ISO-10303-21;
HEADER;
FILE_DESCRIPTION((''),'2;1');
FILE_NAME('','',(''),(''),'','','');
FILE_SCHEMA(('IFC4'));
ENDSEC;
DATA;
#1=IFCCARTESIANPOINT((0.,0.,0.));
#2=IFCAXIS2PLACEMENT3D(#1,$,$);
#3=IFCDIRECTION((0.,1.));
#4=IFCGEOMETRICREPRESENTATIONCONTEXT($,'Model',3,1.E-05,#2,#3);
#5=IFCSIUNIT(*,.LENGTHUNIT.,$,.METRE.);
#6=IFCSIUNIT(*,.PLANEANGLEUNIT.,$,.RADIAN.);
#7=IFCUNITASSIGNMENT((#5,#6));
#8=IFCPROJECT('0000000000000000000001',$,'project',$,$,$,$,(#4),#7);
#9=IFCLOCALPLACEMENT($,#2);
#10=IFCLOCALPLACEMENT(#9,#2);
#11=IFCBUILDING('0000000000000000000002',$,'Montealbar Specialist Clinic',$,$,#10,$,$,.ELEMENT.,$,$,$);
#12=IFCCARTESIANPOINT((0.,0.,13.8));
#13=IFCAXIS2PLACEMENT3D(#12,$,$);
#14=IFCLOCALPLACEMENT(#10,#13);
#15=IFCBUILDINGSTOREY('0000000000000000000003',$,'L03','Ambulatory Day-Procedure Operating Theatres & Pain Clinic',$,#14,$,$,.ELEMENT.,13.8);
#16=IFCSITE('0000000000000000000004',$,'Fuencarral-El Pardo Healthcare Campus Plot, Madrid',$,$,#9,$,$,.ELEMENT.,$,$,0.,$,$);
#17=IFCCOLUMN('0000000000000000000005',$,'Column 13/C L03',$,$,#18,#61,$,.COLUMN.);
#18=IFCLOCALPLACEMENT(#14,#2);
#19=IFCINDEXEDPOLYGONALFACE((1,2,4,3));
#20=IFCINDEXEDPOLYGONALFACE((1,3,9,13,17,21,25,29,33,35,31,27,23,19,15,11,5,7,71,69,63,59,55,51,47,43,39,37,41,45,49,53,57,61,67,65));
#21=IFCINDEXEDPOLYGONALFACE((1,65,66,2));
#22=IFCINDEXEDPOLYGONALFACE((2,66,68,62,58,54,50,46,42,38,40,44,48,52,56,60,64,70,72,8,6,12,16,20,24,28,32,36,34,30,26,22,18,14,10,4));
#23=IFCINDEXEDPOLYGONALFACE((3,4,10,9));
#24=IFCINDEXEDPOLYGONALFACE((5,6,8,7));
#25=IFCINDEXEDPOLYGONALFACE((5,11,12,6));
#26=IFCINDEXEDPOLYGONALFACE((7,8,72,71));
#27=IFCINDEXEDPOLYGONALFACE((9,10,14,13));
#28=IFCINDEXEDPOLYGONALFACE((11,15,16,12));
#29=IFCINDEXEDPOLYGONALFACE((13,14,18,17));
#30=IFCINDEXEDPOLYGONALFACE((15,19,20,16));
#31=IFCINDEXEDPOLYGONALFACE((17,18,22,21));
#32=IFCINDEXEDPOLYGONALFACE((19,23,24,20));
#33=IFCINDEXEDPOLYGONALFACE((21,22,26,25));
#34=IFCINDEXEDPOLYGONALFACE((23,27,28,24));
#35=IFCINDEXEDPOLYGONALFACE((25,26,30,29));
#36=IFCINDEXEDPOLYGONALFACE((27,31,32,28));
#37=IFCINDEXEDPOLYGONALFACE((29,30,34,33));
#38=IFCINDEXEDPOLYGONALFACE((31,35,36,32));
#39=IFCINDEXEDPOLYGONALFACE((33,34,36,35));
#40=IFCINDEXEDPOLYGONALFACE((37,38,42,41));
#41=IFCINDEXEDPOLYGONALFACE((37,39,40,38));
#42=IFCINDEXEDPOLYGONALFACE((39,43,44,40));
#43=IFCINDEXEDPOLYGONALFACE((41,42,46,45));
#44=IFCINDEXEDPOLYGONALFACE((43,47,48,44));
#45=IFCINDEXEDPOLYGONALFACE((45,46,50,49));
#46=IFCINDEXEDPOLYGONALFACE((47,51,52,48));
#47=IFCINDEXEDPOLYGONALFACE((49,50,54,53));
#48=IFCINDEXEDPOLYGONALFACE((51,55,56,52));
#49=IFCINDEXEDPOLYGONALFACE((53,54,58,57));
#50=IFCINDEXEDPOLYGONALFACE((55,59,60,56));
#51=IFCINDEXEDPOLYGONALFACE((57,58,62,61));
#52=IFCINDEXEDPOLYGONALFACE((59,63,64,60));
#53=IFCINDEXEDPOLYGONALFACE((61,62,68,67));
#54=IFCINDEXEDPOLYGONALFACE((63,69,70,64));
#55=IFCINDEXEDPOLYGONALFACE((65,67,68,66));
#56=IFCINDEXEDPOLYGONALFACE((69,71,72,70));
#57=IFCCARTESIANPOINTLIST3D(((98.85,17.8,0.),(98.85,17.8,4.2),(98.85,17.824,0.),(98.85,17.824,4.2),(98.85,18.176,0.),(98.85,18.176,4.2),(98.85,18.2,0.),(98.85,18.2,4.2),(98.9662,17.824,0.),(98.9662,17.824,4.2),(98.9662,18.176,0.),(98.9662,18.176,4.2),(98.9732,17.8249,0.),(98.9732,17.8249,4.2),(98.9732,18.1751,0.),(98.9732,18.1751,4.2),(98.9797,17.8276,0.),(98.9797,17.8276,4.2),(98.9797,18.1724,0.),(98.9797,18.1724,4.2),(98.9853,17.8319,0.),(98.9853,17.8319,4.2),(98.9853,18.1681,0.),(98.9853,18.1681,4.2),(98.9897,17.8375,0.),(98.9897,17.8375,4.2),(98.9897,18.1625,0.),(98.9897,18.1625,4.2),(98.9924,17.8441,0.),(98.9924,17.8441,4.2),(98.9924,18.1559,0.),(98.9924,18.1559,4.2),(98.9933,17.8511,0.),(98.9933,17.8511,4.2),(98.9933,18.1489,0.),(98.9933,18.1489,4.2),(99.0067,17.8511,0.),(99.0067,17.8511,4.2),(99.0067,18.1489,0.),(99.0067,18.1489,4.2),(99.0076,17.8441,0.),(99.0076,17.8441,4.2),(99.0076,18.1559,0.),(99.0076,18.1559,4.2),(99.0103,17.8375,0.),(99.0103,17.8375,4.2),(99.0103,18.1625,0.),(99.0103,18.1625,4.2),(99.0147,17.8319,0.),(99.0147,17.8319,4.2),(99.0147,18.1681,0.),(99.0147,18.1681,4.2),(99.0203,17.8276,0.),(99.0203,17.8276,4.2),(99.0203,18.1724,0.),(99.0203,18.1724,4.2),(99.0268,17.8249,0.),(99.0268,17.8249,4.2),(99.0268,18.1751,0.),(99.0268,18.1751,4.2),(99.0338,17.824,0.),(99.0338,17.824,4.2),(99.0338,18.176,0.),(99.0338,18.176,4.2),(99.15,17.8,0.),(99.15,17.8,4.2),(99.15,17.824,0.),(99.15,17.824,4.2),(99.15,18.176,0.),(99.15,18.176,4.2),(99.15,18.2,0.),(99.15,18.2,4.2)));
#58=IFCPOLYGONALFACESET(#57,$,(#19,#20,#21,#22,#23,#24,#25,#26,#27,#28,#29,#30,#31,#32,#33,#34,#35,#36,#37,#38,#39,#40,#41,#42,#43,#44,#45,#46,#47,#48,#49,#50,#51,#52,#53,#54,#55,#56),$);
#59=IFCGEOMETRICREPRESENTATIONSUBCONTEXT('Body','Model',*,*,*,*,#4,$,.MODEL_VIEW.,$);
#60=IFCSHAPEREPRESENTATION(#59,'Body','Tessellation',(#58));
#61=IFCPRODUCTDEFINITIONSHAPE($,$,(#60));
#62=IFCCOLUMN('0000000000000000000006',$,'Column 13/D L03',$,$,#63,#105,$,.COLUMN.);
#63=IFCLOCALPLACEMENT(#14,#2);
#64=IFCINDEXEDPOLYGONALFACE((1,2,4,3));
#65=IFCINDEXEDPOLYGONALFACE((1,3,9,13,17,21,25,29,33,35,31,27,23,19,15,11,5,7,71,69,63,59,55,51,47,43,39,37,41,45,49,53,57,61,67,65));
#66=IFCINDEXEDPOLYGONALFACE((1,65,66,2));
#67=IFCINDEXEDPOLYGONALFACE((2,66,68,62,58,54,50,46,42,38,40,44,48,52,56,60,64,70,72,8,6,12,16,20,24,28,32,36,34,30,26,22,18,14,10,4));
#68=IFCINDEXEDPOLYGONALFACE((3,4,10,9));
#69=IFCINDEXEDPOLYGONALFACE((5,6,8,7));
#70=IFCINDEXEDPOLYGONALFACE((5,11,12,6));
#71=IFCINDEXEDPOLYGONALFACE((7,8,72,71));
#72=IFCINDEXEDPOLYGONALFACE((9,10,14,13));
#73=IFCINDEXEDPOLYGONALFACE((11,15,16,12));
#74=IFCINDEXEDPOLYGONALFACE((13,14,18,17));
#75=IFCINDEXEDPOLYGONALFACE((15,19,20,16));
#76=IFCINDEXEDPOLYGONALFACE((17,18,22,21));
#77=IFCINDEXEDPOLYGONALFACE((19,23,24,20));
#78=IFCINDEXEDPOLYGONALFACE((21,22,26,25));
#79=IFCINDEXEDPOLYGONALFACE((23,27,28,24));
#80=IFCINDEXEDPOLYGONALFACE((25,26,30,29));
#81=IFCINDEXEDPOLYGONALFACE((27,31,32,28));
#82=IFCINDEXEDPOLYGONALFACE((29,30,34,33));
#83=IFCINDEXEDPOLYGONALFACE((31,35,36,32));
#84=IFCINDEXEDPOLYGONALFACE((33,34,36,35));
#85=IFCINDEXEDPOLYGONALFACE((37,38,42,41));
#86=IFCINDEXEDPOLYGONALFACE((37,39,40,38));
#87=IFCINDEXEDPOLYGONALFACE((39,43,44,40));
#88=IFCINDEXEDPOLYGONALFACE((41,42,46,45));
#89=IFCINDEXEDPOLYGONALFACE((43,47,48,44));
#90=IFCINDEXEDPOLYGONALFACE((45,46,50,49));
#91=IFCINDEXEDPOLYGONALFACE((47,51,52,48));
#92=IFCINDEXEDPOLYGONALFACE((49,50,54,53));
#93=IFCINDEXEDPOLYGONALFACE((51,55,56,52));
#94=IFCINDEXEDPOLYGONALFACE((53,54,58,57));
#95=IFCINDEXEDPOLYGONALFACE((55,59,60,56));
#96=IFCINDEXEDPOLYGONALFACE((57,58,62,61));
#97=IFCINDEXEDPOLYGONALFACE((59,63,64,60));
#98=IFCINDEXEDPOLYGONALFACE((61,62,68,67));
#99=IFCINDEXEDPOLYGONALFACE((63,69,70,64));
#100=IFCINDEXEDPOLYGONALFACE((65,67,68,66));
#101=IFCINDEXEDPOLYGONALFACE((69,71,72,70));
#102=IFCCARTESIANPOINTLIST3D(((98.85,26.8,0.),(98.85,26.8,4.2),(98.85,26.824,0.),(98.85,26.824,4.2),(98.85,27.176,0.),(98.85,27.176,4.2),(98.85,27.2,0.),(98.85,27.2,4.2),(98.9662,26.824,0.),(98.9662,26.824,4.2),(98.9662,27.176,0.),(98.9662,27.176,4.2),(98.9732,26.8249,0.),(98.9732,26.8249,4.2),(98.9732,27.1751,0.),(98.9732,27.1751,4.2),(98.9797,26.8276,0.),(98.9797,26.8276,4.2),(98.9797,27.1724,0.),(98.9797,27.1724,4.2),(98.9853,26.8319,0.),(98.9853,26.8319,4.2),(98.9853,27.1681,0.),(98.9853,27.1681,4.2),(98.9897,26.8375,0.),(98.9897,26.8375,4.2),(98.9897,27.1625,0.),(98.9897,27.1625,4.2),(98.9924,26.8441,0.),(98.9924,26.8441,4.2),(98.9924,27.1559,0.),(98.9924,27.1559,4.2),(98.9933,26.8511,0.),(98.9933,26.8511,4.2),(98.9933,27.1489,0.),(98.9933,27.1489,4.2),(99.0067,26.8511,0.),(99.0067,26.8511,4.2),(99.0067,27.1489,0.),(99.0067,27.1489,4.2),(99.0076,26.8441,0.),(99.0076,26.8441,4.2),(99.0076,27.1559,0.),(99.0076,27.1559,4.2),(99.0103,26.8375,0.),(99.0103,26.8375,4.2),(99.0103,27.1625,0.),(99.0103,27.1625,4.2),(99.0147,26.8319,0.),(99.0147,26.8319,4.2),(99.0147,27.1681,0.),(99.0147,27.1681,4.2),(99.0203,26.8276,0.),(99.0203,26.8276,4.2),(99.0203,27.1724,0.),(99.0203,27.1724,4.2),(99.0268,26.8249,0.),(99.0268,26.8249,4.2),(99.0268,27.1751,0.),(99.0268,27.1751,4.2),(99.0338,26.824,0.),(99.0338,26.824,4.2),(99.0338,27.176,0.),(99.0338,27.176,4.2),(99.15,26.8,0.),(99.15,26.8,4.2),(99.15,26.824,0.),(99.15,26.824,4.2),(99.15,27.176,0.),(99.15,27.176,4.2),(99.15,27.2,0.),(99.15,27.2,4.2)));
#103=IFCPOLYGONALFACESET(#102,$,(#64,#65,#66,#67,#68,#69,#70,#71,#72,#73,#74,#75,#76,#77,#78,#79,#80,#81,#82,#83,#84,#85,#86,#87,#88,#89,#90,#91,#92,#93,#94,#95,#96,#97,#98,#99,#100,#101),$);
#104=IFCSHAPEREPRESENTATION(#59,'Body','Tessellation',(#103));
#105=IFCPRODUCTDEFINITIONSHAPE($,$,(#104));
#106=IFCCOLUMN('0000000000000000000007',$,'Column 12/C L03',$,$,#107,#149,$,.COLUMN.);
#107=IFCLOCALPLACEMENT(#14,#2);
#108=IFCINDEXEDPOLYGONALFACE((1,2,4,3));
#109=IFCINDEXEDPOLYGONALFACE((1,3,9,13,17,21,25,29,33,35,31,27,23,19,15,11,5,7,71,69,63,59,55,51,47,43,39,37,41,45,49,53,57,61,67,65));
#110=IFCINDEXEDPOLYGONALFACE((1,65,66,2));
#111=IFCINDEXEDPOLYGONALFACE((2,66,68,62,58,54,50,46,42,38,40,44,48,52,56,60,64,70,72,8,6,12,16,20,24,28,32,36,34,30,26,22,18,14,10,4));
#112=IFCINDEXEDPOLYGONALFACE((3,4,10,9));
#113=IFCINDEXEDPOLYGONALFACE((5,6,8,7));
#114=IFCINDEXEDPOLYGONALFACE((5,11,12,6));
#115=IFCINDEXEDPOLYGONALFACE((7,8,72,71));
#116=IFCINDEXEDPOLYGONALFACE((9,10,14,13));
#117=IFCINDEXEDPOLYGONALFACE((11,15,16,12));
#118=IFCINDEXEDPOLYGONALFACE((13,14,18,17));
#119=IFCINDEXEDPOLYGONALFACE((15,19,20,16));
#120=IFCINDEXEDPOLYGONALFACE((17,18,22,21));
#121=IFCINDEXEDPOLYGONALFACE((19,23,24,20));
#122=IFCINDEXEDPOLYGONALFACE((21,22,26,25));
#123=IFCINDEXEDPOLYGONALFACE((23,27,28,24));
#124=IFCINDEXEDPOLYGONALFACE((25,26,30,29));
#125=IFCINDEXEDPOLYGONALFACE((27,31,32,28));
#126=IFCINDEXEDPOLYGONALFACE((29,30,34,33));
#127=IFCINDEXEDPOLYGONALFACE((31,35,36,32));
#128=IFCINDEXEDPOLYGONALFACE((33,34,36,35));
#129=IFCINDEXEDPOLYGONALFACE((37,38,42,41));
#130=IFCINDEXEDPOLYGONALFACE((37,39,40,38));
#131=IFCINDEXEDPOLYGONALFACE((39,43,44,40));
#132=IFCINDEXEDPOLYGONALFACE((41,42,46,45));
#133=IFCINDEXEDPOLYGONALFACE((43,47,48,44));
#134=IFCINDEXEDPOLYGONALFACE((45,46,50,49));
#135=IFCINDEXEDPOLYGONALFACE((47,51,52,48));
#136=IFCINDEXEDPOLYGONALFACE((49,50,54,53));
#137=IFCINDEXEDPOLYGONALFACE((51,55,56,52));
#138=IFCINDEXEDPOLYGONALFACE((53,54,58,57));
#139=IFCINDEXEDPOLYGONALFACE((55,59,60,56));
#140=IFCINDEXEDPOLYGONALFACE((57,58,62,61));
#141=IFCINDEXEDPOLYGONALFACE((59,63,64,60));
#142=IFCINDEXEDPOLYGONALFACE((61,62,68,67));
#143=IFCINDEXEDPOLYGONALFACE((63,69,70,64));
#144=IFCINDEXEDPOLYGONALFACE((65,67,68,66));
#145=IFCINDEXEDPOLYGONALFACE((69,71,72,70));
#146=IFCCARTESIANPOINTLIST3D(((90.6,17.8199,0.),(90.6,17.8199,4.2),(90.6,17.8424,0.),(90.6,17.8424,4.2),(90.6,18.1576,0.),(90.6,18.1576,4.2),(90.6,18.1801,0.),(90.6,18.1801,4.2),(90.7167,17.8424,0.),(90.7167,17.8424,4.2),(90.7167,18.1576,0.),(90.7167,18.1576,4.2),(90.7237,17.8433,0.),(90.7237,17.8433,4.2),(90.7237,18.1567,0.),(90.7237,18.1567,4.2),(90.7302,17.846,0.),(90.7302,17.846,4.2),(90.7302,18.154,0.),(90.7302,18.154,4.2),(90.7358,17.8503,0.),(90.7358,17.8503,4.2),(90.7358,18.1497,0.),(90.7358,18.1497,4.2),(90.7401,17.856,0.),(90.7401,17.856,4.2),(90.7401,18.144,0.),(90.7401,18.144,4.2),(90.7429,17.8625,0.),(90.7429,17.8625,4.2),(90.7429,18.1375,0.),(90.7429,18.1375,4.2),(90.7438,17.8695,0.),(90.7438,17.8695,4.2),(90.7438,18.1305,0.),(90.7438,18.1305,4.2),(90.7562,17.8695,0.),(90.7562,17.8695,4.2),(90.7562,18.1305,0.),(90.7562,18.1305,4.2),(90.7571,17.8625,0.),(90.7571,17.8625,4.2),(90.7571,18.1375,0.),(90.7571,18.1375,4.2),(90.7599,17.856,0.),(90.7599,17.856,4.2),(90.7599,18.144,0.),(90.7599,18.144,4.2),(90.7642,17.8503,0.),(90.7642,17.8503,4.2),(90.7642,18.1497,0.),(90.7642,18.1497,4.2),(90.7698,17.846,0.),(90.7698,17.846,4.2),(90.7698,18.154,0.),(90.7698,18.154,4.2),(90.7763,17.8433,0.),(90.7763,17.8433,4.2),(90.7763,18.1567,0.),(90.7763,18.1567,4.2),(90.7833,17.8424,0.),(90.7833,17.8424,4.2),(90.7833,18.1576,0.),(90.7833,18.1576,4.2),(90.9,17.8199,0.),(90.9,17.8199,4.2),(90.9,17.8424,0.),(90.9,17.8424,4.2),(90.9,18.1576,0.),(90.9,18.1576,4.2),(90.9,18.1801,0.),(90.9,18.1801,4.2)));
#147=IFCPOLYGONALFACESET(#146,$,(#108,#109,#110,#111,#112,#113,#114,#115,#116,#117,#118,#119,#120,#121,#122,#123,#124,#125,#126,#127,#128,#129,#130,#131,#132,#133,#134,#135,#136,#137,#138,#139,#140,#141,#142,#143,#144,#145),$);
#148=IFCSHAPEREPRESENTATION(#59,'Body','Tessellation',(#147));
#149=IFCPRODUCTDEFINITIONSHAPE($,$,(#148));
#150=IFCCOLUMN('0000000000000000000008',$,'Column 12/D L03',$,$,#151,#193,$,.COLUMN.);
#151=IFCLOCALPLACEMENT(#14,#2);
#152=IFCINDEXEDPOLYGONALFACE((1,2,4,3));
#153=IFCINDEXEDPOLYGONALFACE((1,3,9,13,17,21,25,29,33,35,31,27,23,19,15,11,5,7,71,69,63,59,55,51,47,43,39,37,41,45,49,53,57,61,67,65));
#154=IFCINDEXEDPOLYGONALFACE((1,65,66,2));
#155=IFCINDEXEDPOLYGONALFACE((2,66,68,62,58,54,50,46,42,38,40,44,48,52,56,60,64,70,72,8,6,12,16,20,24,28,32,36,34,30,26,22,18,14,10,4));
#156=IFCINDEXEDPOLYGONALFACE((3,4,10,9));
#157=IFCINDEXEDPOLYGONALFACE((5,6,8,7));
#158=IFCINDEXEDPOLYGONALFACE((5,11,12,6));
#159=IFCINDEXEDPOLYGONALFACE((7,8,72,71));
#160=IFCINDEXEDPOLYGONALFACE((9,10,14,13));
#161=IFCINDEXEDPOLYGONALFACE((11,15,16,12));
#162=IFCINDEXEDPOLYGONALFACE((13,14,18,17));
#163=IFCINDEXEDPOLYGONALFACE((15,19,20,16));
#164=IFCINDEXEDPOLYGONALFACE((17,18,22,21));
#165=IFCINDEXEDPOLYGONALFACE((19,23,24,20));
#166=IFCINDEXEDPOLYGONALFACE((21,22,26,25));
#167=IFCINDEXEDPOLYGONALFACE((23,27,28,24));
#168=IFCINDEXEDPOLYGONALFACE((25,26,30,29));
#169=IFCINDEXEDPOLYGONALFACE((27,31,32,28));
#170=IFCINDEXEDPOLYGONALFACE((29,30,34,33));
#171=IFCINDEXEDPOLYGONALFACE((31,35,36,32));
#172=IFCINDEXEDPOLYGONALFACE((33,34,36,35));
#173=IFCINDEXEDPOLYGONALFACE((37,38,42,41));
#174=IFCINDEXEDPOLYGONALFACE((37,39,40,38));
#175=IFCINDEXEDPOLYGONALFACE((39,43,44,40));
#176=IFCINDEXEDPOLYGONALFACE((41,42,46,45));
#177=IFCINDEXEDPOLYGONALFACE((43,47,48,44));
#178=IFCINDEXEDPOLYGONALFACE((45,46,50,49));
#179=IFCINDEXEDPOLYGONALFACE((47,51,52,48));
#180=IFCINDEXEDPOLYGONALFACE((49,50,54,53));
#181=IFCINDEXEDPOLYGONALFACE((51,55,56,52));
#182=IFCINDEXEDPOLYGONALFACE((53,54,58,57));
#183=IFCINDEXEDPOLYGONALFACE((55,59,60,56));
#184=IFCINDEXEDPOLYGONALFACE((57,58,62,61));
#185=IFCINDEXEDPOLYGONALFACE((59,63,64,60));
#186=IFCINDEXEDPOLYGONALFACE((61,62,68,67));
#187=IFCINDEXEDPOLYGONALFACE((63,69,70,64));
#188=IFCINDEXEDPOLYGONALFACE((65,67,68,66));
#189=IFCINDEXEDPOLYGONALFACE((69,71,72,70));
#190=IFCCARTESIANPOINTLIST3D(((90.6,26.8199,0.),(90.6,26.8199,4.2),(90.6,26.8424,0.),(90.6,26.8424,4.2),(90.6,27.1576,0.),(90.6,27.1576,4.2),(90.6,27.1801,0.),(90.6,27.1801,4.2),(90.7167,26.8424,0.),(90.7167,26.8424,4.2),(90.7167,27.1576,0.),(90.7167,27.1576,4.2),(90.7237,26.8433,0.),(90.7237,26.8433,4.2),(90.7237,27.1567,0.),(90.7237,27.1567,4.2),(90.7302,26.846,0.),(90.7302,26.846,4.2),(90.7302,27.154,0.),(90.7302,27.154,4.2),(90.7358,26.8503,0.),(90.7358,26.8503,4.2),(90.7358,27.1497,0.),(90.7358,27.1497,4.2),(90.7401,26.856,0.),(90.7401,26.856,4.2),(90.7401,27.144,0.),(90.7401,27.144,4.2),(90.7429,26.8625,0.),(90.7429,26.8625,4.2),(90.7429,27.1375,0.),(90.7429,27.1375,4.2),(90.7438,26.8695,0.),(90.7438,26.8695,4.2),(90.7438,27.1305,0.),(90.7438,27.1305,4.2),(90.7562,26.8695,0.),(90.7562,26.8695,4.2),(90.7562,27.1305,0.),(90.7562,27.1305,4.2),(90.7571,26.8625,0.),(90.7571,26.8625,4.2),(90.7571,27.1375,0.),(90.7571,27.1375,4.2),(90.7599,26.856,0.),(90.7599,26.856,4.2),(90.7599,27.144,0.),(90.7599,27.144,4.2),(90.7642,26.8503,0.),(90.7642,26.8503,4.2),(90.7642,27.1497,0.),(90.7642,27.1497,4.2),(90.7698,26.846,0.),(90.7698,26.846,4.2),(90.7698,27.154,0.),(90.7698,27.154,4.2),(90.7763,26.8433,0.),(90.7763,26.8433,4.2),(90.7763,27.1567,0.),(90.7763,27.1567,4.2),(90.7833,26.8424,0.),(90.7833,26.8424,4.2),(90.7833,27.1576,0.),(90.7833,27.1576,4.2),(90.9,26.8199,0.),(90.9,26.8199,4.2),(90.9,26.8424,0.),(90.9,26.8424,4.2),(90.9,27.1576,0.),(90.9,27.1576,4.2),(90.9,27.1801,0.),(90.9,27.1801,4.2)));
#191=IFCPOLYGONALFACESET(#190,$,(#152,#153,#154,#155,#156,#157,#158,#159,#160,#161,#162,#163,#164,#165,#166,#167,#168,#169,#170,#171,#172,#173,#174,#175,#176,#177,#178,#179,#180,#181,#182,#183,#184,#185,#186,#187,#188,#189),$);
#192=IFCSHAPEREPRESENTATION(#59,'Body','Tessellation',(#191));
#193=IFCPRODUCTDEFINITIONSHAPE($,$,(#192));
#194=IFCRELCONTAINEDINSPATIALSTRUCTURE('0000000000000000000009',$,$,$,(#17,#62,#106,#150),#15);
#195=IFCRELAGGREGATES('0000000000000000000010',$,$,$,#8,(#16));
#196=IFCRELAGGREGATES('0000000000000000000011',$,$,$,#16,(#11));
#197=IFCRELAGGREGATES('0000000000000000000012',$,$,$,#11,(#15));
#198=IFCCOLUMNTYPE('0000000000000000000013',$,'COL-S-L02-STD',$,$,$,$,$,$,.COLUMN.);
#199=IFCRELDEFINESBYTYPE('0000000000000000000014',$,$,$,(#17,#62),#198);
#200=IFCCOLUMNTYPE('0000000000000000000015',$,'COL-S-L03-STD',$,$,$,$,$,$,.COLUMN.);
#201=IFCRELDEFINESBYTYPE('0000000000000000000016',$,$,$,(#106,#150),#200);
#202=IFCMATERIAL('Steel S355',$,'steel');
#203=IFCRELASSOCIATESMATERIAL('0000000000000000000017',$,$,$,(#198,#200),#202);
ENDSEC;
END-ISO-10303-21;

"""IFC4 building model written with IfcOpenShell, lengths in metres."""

from ifc_helpers import new_model, si_unit, direction, frame, origin, origin_2d, place, context, subcontext, project, spatial, i_section, extrude, material, material_profile, profile_set, type_object, element, save


model = new_model("IFC4")

# Units and contexts
model_context = context("Model", 3, precision=1e-05, world=origin(), true_north=direction((0.0, 1.0)))
body_context = subcontext(model_context, "Body", "Model", "MODEL_VIEW")
ifc_project = project(units=[si_unit("LENGTHUNIT", "METRE"), si_unit("PLANEANGLEUNIT", "RADIAN")], contexts=[model_context])

# Site, building, storey
site_placement = place(None, origin())
site = spatial("IfcSite", under=ifc_project, at=site_placement, Name="Fuencarral-El Pardo Healthcare Campus Plot, Madrid", CompositionType="ELEMENT", RefElevation=0.0)
building_placement = place(site_placement, origin())
building = spatial("IfcBuilding", under=site, at=building_placement, Name="Montealbar Specialist Clinic", CompositionType="ELEMENT")
storey_placement = place(building_placement, frame((0.0, 0.0, 13.8)))
storey = spatial("IfcBuildingStorey", under=building, at=storey_placement, Name="L03", Description="Ambulatory Day-Procedure Operating Theatres & Pain Clinic", CompositionType="ELEMENT", Elevation=13.8)

# Columns
ifc_material_1 = material(Name="Steel S355", Category="steel")
ifc_material_profile_1 = material_profile(ifc_material_1, i_section(OverallWidth=0.3, OverallDepth=0.3999, WebThickness=0.0134, FlangeThickness=0.0239, FilletRadius=0.0271, at=origin_2d()), Name="HEB 400", Category="steel")
ifc_profile_set_1 = profile_set([ifc_material_profile_1], Name="Steel S355")
column_type_1 = type_object("IfcColumnType", Name="COL-S-L02-STD", PredefinedType="COLUMN", material=ifc_profile_set_1)
for number, where, z_axis, x_axis, name in (
    (1, (99.0, 18.0, 0.0), (0.0, 0.0, 1.0), (1.0, 0.0, 0.0), "Column 13/C L03"),
    (2, (99.0, 27.0, 0.0), (0.0, 0.0, 1.0), (1.0, 0.0, 0.0), "Column 13/D L03"),
):
    element("IfcColumn", number, at=place(storey_placement, frame(where, z_axis=z_axis, x_axis=x_axis)), inside=storey, type_object=column_type_1, Name=name, PredefinedType="COLUMN", context=body_context, shape_type="SweptSolid", body=[
        extrude(i_section(OverallWidth=0.3, OverallDepth=0.3999, WebThickness=0.0134, FlangeThickness=0.0239, FilletRadius=0.0271, at=origin_2d()), origin(), (0.0, 0.0, 1.0), 4.2),
    ])
ifc_material_profile_2 = material_profile(ifc_material_1, i_section(OverallWidth=0.3, OverallDepth=0.3601, WebThickness=0.0125, FlangeThickness=0.0225, FilletRadius=0.0271, at=origin_2d()), Name="HEB 360", Category="steel")
ifc_profile_set_2 = profile_set([ifc_material_profile_2], Name="Steel S355")
column_type_2 = type_object("IfcColumnType", Name="COL-S-L03-STD", PredefinedType="COLUMN", material=ifc_profile_set_2)
for number, where, z_axis, x_axis, name in (
    (3, (90.75, 18.0, 0.0), (0.0, 0.0, 1.0), (1.0, 0.0, 0.0), "Column 12/C L03"),
    (4, (90.75, 27.0, 0.0), (0.0, 0.0, 1.0), (1.0, 0.0, 0.0), "Column 12/D L03"),
):
    element("IfcColumn", number, at=place(storey_placement, frame(where, z_axis=z_axis, x_axis=x_axis)), inside=storey, type_object=column_type_2, Name=name, PredefinedType="COLUMN", context=body_context, shape_type="SweptSolid", body=[
        extrude(i_section(OverallWidth=0.3, OverallDepth=0.3601, WebThickness=0.0125, FlangeThickness=0.0225, FilletRadius=0.0271, at=origin_2d()), origin(), (0.0, 0.0, 1.0), 4.2),
    ])

save(model, "model.ifc")
